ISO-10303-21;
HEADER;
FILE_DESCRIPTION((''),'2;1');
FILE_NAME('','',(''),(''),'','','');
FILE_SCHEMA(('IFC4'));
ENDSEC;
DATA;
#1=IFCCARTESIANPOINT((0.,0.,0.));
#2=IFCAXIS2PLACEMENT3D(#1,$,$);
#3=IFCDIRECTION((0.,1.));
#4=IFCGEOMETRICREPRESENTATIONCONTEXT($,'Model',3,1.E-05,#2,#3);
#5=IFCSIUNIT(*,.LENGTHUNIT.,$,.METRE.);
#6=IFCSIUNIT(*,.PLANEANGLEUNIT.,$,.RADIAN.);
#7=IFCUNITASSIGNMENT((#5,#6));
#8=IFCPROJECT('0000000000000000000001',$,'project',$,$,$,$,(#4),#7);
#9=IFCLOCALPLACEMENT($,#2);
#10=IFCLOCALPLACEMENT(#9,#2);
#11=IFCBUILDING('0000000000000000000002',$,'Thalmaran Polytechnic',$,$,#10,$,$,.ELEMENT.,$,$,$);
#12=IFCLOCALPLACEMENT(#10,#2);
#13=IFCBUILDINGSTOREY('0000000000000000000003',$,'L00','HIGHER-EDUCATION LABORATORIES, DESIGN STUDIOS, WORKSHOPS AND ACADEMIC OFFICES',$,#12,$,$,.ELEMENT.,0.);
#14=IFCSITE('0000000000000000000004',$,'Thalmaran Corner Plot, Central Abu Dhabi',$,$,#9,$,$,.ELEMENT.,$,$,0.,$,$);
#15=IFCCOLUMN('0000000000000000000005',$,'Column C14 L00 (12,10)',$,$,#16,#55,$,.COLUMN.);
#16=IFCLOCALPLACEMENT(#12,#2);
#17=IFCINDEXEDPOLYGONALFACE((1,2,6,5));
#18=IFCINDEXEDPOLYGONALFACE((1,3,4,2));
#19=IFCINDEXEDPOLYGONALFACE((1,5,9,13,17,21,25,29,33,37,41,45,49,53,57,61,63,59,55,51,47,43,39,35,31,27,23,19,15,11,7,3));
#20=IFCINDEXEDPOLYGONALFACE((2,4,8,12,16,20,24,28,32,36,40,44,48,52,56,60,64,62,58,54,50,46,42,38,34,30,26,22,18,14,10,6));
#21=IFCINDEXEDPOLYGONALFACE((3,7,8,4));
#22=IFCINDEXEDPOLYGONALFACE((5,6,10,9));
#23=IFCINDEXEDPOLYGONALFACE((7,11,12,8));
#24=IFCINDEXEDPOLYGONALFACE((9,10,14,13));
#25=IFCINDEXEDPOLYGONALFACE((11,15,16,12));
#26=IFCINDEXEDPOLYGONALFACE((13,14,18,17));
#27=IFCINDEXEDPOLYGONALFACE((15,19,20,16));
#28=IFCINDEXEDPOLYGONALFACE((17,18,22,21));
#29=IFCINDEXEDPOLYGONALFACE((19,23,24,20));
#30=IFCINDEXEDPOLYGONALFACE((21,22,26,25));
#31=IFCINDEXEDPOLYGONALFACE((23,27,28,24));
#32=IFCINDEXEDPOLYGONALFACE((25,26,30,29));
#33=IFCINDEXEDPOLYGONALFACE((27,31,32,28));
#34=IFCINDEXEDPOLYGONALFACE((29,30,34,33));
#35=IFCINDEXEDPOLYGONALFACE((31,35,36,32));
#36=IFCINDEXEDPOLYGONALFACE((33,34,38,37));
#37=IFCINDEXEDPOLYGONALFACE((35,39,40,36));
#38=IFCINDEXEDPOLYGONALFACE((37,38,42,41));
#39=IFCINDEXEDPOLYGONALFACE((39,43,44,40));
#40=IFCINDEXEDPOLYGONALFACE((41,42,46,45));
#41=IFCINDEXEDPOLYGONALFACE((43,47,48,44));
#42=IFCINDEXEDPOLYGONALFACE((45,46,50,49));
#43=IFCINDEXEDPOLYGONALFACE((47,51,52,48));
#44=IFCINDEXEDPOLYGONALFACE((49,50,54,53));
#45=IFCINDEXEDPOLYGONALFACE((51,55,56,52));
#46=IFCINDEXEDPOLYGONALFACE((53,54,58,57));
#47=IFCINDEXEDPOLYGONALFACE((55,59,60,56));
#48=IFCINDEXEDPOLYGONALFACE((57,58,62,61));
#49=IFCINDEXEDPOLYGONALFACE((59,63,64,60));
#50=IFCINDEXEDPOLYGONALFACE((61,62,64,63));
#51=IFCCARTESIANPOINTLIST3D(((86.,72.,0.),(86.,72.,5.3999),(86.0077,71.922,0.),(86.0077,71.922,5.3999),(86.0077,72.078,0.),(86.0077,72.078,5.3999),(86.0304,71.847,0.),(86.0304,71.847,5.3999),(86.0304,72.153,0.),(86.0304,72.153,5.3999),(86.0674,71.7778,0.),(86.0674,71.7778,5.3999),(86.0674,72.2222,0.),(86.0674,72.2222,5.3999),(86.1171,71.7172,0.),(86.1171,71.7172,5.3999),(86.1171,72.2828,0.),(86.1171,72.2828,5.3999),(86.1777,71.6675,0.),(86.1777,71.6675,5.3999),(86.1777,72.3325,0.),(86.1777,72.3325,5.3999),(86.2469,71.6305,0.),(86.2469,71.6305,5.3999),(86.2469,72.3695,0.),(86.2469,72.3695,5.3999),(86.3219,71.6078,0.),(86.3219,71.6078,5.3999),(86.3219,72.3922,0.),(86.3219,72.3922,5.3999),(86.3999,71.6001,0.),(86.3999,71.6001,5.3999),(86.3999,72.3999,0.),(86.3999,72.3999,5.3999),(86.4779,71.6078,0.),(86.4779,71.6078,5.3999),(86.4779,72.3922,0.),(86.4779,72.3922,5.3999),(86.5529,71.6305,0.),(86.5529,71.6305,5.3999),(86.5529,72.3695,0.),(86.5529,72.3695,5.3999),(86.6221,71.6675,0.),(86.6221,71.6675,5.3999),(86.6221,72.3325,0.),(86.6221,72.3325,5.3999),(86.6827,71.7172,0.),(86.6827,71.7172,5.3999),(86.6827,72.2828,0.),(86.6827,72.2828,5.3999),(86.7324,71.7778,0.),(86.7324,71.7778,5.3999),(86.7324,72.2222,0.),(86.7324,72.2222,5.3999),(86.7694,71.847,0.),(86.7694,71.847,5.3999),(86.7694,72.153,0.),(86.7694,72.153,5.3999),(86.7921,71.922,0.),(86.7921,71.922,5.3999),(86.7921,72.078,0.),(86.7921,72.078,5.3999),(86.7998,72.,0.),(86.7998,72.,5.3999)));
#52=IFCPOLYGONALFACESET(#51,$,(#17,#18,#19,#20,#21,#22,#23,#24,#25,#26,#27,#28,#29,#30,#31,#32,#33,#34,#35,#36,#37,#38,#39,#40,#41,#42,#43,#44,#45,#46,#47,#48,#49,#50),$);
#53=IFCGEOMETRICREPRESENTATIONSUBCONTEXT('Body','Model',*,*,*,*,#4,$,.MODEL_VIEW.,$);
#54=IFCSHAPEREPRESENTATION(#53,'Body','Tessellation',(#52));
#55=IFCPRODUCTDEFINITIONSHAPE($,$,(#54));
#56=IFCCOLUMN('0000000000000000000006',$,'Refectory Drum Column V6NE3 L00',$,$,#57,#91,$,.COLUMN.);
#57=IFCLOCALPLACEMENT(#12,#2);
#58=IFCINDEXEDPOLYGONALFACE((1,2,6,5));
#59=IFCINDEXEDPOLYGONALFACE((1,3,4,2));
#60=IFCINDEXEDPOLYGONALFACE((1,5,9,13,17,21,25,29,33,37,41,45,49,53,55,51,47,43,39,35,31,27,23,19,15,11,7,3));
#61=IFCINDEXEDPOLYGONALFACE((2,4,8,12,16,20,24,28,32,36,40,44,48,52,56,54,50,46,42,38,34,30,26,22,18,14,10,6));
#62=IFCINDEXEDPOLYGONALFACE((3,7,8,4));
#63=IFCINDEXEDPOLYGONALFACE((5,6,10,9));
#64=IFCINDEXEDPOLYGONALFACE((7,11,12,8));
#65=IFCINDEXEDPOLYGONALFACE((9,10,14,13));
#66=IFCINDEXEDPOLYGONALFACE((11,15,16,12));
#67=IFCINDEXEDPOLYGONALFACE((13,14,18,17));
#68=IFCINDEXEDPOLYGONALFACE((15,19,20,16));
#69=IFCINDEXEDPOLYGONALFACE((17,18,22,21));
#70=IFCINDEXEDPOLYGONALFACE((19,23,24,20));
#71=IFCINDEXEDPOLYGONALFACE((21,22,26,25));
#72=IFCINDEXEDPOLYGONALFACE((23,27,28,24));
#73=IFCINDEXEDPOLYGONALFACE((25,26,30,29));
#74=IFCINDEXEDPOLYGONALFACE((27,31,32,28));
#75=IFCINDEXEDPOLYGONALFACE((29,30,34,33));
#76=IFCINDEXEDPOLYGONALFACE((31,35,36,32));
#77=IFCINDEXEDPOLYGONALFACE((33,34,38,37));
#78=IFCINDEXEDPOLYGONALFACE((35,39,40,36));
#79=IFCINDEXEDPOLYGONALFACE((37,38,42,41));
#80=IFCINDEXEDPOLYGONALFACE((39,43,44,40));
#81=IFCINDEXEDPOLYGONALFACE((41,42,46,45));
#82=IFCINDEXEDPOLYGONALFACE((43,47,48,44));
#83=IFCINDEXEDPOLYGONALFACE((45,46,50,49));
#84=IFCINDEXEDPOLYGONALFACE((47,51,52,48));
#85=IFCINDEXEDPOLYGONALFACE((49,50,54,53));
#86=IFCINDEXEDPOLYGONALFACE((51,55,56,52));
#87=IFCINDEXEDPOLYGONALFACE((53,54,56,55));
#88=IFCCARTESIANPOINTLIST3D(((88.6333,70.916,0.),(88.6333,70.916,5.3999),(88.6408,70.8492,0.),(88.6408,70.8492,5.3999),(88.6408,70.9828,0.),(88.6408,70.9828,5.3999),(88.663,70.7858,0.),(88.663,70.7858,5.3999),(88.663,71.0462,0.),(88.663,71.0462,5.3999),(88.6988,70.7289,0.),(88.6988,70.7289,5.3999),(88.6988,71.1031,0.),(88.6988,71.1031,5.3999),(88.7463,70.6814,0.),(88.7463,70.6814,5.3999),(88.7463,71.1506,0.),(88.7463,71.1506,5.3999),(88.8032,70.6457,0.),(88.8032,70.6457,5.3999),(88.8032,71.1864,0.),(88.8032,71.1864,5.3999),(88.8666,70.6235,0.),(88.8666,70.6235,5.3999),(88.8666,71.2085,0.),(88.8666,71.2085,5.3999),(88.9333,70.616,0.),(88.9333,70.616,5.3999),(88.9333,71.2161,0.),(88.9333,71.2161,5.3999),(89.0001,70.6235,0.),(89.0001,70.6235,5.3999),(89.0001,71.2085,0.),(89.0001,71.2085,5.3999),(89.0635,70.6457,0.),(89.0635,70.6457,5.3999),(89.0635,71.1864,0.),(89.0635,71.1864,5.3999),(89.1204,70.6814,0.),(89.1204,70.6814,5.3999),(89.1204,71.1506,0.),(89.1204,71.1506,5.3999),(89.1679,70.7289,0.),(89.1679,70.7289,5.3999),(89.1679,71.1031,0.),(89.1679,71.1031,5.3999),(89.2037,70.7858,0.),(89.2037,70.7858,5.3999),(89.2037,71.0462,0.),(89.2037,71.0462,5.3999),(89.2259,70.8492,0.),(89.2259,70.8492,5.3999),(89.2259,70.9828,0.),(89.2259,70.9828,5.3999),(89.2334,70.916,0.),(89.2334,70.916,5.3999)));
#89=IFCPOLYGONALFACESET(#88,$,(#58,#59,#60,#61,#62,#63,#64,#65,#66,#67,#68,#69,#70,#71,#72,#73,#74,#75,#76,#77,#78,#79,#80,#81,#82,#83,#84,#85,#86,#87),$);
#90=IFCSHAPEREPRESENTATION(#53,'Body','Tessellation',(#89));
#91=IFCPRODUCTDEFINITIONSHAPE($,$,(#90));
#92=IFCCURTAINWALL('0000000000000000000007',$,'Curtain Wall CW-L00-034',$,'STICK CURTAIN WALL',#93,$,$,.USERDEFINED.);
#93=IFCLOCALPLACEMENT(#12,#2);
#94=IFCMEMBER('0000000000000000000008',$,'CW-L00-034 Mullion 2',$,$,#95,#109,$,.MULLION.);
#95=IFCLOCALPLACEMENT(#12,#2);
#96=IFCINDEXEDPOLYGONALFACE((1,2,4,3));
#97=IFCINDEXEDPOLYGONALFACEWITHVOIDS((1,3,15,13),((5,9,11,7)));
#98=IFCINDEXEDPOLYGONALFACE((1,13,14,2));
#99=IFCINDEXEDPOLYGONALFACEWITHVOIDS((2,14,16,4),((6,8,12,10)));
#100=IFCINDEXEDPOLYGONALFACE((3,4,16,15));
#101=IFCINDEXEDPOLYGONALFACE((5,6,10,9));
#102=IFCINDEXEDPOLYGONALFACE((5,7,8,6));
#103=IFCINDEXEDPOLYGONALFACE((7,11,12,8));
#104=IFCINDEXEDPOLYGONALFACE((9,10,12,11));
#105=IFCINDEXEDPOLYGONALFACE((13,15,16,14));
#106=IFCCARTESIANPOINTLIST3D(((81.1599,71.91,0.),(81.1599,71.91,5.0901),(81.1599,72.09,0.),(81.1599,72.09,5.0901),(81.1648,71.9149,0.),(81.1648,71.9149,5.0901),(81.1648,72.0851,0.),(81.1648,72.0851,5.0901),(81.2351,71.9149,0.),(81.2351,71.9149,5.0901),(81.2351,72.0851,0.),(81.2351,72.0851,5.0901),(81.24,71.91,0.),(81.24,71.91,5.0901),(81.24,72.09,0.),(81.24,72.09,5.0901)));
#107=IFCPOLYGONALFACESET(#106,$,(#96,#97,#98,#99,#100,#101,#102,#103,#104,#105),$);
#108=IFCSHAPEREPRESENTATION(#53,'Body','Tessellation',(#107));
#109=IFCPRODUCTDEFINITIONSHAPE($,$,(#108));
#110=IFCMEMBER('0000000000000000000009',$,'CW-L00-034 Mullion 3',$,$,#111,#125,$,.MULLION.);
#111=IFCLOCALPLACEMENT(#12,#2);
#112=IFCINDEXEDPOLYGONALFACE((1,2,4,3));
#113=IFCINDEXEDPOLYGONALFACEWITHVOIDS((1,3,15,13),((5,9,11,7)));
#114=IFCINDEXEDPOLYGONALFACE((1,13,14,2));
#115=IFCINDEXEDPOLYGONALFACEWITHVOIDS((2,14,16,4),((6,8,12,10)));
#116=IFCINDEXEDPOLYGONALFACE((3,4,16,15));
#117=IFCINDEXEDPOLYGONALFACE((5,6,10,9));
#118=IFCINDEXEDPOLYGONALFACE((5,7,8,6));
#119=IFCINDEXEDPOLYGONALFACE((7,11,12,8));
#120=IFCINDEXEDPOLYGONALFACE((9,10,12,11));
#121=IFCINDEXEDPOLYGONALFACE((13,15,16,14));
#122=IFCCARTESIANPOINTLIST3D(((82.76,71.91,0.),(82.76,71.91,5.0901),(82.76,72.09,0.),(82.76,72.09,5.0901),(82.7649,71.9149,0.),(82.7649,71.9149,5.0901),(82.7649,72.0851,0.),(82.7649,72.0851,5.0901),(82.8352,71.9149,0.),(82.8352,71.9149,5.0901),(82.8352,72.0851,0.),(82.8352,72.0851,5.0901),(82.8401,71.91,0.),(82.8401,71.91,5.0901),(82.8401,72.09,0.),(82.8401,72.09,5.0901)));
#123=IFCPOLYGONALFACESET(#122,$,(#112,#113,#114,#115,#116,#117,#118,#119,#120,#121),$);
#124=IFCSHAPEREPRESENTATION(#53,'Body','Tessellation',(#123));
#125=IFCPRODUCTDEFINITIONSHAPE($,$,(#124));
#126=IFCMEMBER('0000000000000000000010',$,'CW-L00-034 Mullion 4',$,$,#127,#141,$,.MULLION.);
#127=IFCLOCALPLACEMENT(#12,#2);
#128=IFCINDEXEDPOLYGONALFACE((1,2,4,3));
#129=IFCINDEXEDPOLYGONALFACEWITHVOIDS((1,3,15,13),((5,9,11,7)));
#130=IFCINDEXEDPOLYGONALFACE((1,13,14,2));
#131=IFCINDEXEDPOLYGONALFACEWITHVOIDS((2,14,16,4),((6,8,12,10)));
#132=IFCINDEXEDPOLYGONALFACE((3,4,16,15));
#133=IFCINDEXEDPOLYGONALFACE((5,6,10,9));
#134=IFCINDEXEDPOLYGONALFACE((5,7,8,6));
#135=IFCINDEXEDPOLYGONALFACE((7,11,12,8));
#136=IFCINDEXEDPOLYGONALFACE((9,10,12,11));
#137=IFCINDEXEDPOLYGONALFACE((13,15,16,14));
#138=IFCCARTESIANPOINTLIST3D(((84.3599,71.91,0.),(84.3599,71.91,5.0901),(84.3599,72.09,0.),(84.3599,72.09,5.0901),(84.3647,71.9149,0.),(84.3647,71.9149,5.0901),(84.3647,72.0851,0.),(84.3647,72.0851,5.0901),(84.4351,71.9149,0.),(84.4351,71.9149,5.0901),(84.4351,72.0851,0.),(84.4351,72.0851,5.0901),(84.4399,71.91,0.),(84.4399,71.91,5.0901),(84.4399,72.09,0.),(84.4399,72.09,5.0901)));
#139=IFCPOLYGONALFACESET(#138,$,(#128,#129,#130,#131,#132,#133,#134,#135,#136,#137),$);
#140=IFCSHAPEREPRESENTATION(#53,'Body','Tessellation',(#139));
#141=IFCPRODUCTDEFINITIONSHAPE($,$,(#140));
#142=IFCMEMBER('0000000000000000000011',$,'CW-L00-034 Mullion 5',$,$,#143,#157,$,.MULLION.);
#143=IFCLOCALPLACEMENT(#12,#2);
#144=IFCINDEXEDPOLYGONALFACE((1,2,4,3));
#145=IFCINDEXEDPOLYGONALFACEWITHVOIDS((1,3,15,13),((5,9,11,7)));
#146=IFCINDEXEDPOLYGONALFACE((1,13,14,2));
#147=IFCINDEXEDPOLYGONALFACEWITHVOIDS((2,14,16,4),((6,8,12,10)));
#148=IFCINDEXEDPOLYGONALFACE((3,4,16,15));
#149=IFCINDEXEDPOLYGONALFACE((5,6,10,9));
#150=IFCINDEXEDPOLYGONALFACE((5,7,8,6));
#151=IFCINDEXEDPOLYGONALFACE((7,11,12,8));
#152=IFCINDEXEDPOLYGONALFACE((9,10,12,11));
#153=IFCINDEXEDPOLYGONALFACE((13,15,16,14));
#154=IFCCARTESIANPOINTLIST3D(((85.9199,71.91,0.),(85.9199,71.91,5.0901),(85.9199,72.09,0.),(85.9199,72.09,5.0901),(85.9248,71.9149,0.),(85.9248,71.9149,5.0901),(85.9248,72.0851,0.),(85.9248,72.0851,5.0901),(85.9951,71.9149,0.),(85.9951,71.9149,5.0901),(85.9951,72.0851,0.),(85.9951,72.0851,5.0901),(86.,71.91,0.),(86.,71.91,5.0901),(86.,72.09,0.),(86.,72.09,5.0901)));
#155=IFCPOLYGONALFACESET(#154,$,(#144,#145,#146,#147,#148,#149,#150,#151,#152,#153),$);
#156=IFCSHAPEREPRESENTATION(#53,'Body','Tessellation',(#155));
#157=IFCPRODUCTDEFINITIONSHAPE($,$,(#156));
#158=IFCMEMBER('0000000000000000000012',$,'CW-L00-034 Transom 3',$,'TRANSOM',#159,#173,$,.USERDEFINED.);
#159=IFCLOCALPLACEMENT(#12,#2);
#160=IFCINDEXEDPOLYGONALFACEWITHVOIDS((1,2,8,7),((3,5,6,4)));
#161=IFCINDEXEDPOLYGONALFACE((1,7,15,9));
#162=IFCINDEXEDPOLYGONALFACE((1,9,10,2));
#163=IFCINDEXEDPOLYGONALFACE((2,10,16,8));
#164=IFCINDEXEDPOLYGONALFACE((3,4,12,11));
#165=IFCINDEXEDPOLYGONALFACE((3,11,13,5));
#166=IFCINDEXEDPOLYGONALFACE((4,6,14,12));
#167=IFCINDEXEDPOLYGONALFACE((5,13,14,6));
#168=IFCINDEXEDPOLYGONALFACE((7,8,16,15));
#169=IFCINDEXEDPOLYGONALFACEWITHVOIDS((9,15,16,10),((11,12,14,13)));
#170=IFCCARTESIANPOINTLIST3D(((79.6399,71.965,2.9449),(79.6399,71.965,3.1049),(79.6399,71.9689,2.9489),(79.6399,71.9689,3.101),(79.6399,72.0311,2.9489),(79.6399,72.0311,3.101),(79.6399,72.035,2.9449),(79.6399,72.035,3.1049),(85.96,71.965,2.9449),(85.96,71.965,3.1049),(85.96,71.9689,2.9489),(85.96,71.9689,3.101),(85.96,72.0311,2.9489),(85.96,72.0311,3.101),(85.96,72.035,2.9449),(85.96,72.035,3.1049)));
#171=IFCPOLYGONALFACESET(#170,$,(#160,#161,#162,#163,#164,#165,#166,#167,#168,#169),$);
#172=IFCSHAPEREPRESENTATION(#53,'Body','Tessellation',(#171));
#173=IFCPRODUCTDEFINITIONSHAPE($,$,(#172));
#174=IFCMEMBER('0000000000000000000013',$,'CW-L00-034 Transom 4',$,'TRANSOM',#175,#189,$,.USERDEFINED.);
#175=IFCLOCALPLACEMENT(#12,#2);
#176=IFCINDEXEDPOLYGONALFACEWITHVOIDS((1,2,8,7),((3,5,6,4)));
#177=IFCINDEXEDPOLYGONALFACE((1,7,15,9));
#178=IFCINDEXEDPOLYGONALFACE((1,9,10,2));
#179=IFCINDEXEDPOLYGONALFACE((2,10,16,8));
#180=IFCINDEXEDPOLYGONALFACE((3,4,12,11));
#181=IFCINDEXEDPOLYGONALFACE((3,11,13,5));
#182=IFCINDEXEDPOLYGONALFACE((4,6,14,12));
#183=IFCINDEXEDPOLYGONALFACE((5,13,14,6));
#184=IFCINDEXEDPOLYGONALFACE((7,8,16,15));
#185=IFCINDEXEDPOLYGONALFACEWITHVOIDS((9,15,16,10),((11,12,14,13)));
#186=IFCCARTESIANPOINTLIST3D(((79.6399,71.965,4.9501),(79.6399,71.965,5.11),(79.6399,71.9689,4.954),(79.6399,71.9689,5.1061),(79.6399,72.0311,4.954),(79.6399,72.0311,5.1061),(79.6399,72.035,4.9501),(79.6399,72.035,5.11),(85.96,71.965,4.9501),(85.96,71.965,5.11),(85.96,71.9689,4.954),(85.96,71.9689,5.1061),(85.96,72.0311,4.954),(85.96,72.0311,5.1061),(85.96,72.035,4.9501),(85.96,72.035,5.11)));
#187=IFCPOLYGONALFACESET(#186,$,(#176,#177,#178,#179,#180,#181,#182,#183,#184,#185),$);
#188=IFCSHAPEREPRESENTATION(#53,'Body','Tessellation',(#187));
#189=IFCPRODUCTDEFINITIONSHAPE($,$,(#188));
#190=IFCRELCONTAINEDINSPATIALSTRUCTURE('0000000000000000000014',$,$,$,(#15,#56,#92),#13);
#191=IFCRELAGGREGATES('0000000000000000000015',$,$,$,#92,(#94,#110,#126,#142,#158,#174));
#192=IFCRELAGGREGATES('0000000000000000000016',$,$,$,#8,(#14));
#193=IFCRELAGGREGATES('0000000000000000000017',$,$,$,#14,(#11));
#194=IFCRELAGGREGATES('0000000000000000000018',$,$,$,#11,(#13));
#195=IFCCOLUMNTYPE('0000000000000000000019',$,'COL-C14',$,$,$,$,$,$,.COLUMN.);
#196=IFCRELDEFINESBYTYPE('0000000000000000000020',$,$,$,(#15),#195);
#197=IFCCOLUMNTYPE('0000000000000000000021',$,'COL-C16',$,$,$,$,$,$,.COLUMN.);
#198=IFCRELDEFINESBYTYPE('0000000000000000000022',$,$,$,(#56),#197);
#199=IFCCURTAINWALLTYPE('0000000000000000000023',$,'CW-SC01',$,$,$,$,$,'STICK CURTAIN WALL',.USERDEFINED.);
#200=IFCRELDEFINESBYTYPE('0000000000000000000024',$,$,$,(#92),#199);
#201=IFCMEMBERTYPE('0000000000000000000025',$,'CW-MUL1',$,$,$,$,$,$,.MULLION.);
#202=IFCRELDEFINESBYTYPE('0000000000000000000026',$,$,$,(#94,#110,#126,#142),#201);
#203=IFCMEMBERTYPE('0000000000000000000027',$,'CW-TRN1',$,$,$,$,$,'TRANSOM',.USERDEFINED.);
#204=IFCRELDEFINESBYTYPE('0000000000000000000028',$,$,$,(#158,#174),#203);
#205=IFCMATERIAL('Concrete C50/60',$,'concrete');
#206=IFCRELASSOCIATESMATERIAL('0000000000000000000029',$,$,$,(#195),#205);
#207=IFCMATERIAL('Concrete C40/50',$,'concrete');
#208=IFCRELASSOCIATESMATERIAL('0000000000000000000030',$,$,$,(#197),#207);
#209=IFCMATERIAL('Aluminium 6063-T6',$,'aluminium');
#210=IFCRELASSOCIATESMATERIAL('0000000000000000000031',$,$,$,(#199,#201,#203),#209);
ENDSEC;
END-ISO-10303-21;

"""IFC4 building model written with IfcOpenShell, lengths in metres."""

from ifc_helpers import new_model, si_unit, direction, frame, origin, origin_2d, place, context, subcontext, project, spatial, hollow_rectangle, circle, extrude, material, material_profile, profile_set, type_object, element, aggregate, save


model = new_model("IFC4")

# Units and contexts
model_context = context("Model", 3, precision=1e-05, world=origin(), true_north=direction((0.0, 1.0)))
body_context = subcontext(model_context, "Body", "Model", "MODEL_VIEW")
ifc_project = project(units=[si_unit("LENGTHUNIT", "METRE"), si_unit("PLANEANGLEUNIT", "RADIAN")], contexts=[model_context])

# Site, building, storey
site_placement = place(None, origin())
site = spatial("IfcSite", under=ifc_project, at=site_placement, Name="Thalmaran Corner Plot, Central Abu Dhabi", CompositionType="ELEMENT", RefElevation=0.0)
building_placement = place(site_placement, origin())
building = spatial("IfcBuilding", under=site, at=building_placement, Name="Thalmaran Polytechnic", CompositionType="ELEMENT")
storey_placement = place(building_placement, origin())
storey = spatial("IfcBuildingStorey", under=building, at=storey_placement, Name="L00", Description="HIGHER-EDUCATION LABORATORIES, DESIGN STUDIOS, WORKSHOPS AND ACADEMIC OFFICES", CompositionType="ELEMENT", Elevation=0.0)

# Columns
ifc_material_1 = material(Name="Concrete C50/60", Category="concrete")
ifc_material_profile_1 = material_profile(ifc_material_1, circle(Radius=0.3999, at=origin_2d()), Name="RC 800 DIA")
ifc_profile_set_1 = profile_set([ifc_material_profile_1], Name="Concrete C50/60")
column_type_1 = type_object("IfcColumnType", Name="COL-C14", PredefinedType="COLUMN", material=ifc_profile_set_1)
column_1_placement = place(storey_placement, frame((86.3999, 72.0, 0.0), z_axis=(0.0, 0.0, 1.0), x_axis=(1.0, 0.0, 0.0)))
element("IfcColumn", 1, at=column_1_placement, inside=storey, type_object=column_type_1, Name="Column C14 L00 (12,10)", PredefinedType="COLUMN", context=body_context, shape_type="SweptSolid", body=[
    extrude(circle(Radius=0.3999, at=origin_2d()), origin(), (0.0, 0.0, 1.0), 5.3999),
])
ifc_material_2 = material(Name="Concrete C40/50", Category="concrete")
ifc_material_profile_2 = material_profile(ifc_material_2, circle(Radius=0.3, at=origin_2d()), Name="RC 600 DIA")
ifc_profile_set_2 = profile_set([ifc_material_profile_2], Name="Concrete C40/50")
column_type_2 = type_object("IfcColumnType", Name="COL-C16", PredefinedType="COLUMN", material=ifc_profile_set_2)
column_2_placement = place(storey_placement, frame((88.9333, 70.916, 0.0), z_axis=(0.0, 0.0, 1.0), x_axis=(1.0, 0.0, 0.0)))
element("IfcColumn", 2, at=column_2_placement, inside=storey, type_object=column_type_2, Name="Refectory Drum Column V6NE3 L00", PredefinedType="COLUMN", context=body_context, shape_type="SweptSolid", body=[
    extrude(circle(Radius=0.3, at=origin_2d()), origin(), (0.0, 0.0, 1.0), 5.3999),
])

# Curtain wall, members
ifc_material_3 = material(Name="Aluminium 6063-T6", Category="aluminium")
curtain_wall_type = type_object("IfcCurtainWallType", Name="CW-SC01", ElementType="STICK CURTAIN WALL", PredefinedType="USERDEFINED", material=ifc_material_3)
curtain_wall_placement = place(storey_placement, origin())
curtain_wall = element("IfcCurtainWall", 3, at=curtain_wall_placement, inside=storey, type_object=curtain_wall_type, Name="Curtain Wall CW-L00-034", ObjectType="STICK CURTAIN WALL", PredefinedType="USERDEFINED")
ifc_material_profile_3 = material_profile(ifc_material_3, hollow_rectangle(XDim=0.0801, YDim=0.1799, WallThickness=0.0049, at=origin_2d()), Name="RHS 180x80x5.0")
ifc_profile_set_3 = profile_set([ifc_material_profile_3], Name="Aluminium 6063-T6")
member_type_1 = type_object("IfcMemberType", Name="CW-MUL1", PredefinedType="MULLION", material=ifc_profile_set_3)
member_1_placement = place(storey_placement, frame((81.2, 72.0, 0.0), z_axis=(0.0, 0.0, 1.0), x_axis=(1.0, 0.0, 0.0)))
member_1 = element("IfcMember", 4, at=member_1_placement, type_object=member_type_1, Name="CW-L00-034 Mullion 2", PredefinedType="MULLION", context=body_context, shape_type="SweptSolid", body=[
    extrude(hollow_rectangle(XDim=0.0801, YDim=0.1799, WallThickness=0.0049, at=origin_2d()), origin(), (0.0, 0.0, 1.0), 5.0901),
])
member_2_placement = place(storey_placement, frame((82.8, 72.0, 0.0), z_axis=(0.0, 0.0, 1.0), x_axis=(1.0, 0.0, 0.0)))
member_2 = element("IfcMember", 5, at=member_2_placement, type_object=member_type_1, Name="CW-L00-034 Mullion 3", PredefinedType="MULLION", context=body_context, shape_type="SweptSolid", body=[
    extrude(hollow_rectangle(XDim=0.0801, YDim=0.1799, WallThickness=0.0049, at=origin_2d()), origin(), (0.0, 0.0, 1.0), 5.0901),
])
member_3_placement = place(storey_placement, frame((84.3999, 72.0, 0.0), z_axis=(0.0, 0.0, 1.0), x_axis=(1.0, 0.0, 0.0)))
member_3 = element("IfcMember", 6, at=member_3_placement, type_object=member_type_1, Name="CW-L00-034 Mullion 4", PredefinedType="MULLION", context=body_context, shape_type="SweptSolid", body=[
    extrude(hollow_rectangle(XDim=0.0801, YDim=0.1799, WallThickness=0.0049, at=origin_2d()), origin(), (0.0, 0.0, 1.0), 5.0901),
])
member_4_placement = place(storey_placement, frame((85.96, 72.0, 0.0), z_axis=(0.0, 0.0, 1.0), x_axis=(1.0, 0.0, 0.0)))
member_4 = element("IfcMember", 7, at=member_4_placement, type_object=member_type_1, Name="CW-L00-034 Mullion 5", PredefinedType="MULLION", context=body_context, shape_type="SweptSolid", body=[
    extrude(hollow_rectangle(XDim=0.0801, YDim=0.1799, WallThickness=0.0049, at=origin_2d()), origin(), (0.0, 0.0, 1.0), 5.0901),
])
ifc_material_profile_4 = material_profile(ifc_material_3, hollow_rectangle(XDim=0.0701, YDim=0.1599, WallThickness=0.0039, at=origin_2d()), Name="AL 160x70x4.0")
ifc_profile_set_4 = profile_set([ifc_material_profile_4], Name="Aluminium 6063-T6")
member_type_2 = type_object("IfcMemberType", Name="CW-TRN1", ElementType="TRANSOM", PredefinedType="USERDEFINED", material=ifc_profile_set_4)
member_5_placement = place(storey_placement, frame((79.6399, 72.0, 3.0249), z_axis=(1.0, 0.0, 0.0), x_axis=(0.0, 1.0, 0.0)))
member_5 = element("IfcMember", 8, at=member_5_placement, type_object=member_type_2, Name="CW-L00-034 Transom 3", ObjectType="TRANSOM", PredefinedType="USERDEFINED", context=body_context, shape_type="SweptSolid", body=[
    extrude(hollow_rectangle(XDim=0.0701, YDim=0.1599, WallThickness=0.0039, at=origin_2d()), origin(), (0.0, 0.0, 1.0), 6.3201),
])
member_6_placement = place(storey_placement, frame((79.6399, 72.0, 5.03), z_axis=(1.0, 0.0, 0.0), x_axis=(0.0, 1.0, 0.0)))
member_6 = element("IfcMember", 9, at=member_6_placement, type_object=member_type_2, Name="CW-L00-034 Transom 4", ObjectType="TRANSOM", PredefinedType="USERDEFINED", context=body_context, shape_type="SweptSolid", body=[
    extrude(hollow_rectangle(XDim=0.0701, YDim=0.1599, WallThickness=0.0039, at=origin_2d()), origin(), (0.0, 0.0, 1.0), 6.3201),
])

aggregate(curtain_wall, [member_1, member_2, member_3, member_4, member_5, member_6])

save(model, "model.ifc")
